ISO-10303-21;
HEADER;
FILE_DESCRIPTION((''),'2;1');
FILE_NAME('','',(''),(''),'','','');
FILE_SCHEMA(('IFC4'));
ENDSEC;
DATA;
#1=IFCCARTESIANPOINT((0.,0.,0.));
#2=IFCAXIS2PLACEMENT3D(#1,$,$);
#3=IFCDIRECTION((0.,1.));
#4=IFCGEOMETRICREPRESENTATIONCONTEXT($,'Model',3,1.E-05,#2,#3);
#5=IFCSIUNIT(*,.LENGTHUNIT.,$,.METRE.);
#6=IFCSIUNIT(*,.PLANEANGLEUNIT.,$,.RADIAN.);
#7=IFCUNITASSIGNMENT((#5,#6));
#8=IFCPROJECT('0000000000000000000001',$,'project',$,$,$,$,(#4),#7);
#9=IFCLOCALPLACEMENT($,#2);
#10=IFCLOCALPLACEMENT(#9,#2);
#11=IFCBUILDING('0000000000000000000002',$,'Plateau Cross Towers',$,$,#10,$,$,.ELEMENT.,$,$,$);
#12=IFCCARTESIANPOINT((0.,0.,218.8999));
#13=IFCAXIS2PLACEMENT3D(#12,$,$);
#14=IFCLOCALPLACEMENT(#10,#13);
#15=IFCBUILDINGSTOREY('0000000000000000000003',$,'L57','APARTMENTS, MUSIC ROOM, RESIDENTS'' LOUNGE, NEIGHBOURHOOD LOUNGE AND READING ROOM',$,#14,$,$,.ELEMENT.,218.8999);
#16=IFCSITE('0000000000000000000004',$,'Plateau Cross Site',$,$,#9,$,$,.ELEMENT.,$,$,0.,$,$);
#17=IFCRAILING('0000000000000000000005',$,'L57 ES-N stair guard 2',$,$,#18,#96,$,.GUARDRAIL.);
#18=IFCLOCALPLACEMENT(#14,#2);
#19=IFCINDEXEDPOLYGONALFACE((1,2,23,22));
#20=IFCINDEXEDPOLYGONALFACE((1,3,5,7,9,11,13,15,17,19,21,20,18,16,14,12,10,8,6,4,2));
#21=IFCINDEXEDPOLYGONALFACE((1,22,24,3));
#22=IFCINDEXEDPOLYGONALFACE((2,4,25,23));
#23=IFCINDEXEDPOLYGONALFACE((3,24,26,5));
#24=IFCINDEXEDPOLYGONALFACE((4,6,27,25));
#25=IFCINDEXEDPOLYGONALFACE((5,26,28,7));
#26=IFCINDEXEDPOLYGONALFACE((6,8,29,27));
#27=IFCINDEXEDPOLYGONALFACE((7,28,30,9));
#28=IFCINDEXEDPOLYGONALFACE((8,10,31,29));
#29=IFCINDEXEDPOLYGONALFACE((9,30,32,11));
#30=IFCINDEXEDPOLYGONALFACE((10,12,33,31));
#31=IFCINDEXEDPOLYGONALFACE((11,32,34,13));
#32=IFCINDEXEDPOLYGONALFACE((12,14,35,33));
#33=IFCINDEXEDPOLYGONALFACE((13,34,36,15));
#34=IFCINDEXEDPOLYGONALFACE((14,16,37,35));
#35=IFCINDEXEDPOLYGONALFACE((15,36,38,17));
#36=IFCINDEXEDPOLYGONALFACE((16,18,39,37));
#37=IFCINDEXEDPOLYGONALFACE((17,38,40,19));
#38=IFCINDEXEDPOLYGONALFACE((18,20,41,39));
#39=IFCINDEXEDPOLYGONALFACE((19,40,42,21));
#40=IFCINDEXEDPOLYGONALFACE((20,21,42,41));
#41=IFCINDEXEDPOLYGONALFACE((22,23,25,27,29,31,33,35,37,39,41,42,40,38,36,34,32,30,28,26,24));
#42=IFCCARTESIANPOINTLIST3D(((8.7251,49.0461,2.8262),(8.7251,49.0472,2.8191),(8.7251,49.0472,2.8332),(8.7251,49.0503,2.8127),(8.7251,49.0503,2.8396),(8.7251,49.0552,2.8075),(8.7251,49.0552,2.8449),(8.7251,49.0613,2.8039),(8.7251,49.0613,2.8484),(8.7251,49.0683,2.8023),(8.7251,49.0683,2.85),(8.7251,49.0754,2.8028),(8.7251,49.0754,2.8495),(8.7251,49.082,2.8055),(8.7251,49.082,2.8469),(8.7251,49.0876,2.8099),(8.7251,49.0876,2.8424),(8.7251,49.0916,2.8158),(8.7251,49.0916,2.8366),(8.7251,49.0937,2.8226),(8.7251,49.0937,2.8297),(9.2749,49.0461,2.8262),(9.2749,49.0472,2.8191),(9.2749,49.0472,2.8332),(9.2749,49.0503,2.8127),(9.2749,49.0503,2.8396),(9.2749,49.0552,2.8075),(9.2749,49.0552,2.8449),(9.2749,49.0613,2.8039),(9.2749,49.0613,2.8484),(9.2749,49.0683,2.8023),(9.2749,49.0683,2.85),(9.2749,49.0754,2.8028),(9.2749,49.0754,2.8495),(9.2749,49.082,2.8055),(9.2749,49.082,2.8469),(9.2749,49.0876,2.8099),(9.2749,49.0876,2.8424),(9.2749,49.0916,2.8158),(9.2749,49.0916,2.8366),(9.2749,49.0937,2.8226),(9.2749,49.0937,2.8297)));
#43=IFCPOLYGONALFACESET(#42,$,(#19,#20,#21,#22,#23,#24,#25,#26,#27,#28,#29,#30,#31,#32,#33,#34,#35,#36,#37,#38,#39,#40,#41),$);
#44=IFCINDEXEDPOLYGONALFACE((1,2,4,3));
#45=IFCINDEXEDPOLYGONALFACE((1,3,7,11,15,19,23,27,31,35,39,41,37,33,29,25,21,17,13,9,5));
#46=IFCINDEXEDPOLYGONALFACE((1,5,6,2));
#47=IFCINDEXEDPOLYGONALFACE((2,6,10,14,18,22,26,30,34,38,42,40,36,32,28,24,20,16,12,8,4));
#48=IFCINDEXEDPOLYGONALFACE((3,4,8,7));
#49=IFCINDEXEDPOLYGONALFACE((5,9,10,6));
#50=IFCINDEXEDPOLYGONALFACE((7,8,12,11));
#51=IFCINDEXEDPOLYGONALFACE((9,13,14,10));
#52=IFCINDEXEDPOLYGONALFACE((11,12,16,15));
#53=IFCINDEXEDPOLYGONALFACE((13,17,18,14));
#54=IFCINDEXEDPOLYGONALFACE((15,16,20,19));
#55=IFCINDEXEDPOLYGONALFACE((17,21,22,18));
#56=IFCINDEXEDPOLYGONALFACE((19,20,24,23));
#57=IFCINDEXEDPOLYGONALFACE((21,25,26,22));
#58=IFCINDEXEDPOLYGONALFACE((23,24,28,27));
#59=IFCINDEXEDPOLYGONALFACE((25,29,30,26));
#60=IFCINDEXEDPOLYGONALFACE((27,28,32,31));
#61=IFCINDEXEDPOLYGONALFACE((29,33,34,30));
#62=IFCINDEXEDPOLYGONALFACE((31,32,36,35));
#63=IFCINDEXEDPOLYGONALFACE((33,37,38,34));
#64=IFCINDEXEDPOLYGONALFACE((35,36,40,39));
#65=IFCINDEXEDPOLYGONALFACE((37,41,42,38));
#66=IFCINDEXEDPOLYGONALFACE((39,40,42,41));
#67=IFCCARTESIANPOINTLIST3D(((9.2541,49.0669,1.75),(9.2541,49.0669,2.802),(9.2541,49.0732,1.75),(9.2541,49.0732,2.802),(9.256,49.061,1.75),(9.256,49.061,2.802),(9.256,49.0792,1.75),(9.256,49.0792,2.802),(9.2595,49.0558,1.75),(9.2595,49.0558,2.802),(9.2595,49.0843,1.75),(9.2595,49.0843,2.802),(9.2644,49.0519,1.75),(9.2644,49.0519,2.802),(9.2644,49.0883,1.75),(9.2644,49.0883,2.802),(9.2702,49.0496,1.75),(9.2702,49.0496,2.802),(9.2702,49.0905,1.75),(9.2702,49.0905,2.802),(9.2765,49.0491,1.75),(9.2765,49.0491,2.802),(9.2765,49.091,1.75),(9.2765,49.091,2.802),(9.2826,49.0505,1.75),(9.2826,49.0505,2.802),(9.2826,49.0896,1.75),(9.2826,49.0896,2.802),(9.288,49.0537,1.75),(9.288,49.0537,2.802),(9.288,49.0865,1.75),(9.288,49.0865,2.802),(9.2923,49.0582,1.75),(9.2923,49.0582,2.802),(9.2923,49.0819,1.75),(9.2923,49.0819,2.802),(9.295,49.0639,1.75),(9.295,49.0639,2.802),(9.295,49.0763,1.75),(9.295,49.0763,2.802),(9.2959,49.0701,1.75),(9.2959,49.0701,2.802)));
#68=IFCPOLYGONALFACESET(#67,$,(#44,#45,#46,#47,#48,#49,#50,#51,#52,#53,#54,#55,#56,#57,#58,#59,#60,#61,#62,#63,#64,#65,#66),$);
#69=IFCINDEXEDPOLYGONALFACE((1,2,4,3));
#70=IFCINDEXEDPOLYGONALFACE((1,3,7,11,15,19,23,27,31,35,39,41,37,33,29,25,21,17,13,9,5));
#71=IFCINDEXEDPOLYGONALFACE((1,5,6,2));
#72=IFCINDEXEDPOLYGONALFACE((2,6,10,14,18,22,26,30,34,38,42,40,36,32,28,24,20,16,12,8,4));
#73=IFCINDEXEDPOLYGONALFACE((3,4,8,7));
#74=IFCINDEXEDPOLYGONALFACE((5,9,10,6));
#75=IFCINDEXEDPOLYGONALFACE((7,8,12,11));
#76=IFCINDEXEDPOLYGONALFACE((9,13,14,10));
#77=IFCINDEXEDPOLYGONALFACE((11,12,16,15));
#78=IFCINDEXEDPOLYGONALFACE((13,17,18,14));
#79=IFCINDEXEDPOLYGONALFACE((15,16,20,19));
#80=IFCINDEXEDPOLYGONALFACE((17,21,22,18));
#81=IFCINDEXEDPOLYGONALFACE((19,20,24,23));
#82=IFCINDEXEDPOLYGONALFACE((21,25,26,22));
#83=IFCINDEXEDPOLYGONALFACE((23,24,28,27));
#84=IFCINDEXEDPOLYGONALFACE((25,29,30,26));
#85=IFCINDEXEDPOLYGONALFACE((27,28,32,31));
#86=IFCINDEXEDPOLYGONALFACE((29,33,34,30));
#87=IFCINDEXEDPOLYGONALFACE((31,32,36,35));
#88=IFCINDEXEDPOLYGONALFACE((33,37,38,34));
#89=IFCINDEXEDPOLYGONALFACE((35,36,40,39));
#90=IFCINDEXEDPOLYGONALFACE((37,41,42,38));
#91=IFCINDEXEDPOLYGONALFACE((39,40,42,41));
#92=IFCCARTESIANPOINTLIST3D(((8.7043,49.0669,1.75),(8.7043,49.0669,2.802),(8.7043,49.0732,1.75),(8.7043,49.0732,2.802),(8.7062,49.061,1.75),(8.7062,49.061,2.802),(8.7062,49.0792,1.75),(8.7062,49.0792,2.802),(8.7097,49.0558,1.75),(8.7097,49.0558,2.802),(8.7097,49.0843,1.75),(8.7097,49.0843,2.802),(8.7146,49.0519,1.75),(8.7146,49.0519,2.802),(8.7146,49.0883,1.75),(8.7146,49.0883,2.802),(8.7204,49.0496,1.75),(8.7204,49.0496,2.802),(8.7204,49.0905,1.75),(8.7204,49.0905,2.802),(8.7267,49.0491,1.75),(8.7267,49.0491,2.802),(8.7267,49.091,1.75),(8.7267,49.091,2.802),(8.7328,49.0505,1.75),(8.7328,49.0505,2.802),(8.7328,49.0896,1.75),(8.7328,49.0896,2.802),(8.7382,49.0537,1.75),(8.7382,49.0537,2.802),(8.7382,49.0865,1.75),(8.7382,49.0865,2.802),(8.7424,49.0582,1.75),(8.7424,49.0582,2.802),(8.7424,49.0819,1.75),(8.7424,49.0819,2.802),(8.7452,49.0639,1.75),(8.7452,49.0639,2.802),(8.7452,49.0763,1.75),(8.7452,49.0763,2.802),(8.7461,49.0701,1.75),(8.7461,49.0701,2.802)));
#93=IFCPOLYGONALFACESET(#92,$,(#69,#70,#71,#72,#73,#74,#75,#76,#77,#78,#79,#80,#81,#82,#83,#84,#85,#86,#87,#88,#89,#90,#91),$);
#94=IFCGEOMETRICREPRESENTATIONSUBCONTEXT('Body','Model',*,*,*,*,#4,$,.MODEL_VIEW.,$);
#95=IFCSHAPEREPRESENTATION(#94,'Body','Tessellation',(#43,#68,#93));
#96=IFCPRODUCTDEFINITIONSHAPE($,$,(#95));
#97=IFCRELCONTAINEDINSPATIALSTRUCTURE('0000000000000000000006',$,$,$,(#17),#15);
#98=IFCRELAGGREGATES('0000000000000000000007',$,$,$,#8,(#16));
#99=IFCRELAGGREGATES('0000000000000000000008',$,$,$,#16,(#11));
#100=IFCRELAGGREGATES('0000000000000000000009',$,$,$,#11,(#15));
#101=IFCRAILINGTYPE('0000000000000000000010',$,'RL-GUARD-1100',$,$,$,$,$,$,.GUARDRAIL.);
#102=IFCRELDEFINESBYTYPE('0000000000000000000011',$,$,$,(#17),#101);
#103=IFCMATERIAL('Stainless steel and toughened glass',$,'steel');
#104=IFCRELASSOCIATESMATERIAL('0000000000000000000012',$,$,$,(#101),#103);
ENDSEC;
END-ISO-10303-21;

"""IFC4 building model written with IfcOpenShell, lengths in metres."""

from ifc_helpers import new_model, si_unit, direction, frame, origin, origin_2d, place, context, subcontext, project, spatial, circle, extrude, material, type_object, element, save


model = new_model("IFC4")

# Units and contexts
model_context = context("Model", 3, precision=1e-05, world=origin(), true_north=direction((0.0, 1.0)))
body_context = subcontext(model_context, "Body", "Model", "MODEL_VIEW")
ifc_project = project(units=[si_unit("LENGTHUNIT", "METRE"), si_unit("PLANEANGLEUNIT", "RADIAN")], contexts=[model_context])

# Site, building, storey
site_placement = place(None, origin())
site = spatial("IfcSite", under=ifc_project, at=site_placement, Name="Plateau Cross Site", CompositionType="ELEMENT", RefElevation=0.0)
building_placement = place(site_placement, origin())
building = spatial("IfcBuilding", under=site, at=building_placement, Name="Plateau Cross Towers", CompositionType="ELEMENT")
storey_placement = place(building_placement, frame((0.0, 0.0, 218.8999)))
storey = spatial("IfcBuildingStorey", under=building, at=storey_placement, Name="L57", Description="APARTMENTS, MUSIC ROOM, RESIDENTS' LOUNGE, NEIGHBOURHOOD LOUNGE AND READING ROOM", CompositionType="ELEMENT", Elevation=218.8999)

# Railing
ifc_material_1 = material(Name="Stainless steel and toughened glass", Category="steel")
railing_type = type_object("IfcRailingType", Name="RL-GUARD-1100", PredefinedType="GUARDRAIL", material=ifc_material_1)
railing_placement = place(storey_placement, frame((9.2749, 49.0701, 1.75)))
element("IfcRailing", 1, at=railing_placement, inside=storey, type_object=railing_type, Name="L57 ES-N stair guard 2", PredefinedType="GUARDRAIL", context=body_context, shape_type="SweptSolid", body=[
    extrude(circle(Radius=0.0239, at=origin_2d()), frame((0.0, 0.0, 1.0762), z_axis=(-1.0, 0.0, 0.0), x_axis=(0.0, -1.0, 0.0)), (0.0, 0.0, 1.0), 0.5498),
    extrude(circle(Radius=0.021, at=origin_2d()), origin(), (0.0, 0.0, 1.0), 1.052),
    extrude(circle(Radius=0.021, at=origin_2d()), frame((-0.5498, 0.0, 0.0)), (0.0, 0.0, 1.0), 1.052),
])

save(model, "model.ifc")
